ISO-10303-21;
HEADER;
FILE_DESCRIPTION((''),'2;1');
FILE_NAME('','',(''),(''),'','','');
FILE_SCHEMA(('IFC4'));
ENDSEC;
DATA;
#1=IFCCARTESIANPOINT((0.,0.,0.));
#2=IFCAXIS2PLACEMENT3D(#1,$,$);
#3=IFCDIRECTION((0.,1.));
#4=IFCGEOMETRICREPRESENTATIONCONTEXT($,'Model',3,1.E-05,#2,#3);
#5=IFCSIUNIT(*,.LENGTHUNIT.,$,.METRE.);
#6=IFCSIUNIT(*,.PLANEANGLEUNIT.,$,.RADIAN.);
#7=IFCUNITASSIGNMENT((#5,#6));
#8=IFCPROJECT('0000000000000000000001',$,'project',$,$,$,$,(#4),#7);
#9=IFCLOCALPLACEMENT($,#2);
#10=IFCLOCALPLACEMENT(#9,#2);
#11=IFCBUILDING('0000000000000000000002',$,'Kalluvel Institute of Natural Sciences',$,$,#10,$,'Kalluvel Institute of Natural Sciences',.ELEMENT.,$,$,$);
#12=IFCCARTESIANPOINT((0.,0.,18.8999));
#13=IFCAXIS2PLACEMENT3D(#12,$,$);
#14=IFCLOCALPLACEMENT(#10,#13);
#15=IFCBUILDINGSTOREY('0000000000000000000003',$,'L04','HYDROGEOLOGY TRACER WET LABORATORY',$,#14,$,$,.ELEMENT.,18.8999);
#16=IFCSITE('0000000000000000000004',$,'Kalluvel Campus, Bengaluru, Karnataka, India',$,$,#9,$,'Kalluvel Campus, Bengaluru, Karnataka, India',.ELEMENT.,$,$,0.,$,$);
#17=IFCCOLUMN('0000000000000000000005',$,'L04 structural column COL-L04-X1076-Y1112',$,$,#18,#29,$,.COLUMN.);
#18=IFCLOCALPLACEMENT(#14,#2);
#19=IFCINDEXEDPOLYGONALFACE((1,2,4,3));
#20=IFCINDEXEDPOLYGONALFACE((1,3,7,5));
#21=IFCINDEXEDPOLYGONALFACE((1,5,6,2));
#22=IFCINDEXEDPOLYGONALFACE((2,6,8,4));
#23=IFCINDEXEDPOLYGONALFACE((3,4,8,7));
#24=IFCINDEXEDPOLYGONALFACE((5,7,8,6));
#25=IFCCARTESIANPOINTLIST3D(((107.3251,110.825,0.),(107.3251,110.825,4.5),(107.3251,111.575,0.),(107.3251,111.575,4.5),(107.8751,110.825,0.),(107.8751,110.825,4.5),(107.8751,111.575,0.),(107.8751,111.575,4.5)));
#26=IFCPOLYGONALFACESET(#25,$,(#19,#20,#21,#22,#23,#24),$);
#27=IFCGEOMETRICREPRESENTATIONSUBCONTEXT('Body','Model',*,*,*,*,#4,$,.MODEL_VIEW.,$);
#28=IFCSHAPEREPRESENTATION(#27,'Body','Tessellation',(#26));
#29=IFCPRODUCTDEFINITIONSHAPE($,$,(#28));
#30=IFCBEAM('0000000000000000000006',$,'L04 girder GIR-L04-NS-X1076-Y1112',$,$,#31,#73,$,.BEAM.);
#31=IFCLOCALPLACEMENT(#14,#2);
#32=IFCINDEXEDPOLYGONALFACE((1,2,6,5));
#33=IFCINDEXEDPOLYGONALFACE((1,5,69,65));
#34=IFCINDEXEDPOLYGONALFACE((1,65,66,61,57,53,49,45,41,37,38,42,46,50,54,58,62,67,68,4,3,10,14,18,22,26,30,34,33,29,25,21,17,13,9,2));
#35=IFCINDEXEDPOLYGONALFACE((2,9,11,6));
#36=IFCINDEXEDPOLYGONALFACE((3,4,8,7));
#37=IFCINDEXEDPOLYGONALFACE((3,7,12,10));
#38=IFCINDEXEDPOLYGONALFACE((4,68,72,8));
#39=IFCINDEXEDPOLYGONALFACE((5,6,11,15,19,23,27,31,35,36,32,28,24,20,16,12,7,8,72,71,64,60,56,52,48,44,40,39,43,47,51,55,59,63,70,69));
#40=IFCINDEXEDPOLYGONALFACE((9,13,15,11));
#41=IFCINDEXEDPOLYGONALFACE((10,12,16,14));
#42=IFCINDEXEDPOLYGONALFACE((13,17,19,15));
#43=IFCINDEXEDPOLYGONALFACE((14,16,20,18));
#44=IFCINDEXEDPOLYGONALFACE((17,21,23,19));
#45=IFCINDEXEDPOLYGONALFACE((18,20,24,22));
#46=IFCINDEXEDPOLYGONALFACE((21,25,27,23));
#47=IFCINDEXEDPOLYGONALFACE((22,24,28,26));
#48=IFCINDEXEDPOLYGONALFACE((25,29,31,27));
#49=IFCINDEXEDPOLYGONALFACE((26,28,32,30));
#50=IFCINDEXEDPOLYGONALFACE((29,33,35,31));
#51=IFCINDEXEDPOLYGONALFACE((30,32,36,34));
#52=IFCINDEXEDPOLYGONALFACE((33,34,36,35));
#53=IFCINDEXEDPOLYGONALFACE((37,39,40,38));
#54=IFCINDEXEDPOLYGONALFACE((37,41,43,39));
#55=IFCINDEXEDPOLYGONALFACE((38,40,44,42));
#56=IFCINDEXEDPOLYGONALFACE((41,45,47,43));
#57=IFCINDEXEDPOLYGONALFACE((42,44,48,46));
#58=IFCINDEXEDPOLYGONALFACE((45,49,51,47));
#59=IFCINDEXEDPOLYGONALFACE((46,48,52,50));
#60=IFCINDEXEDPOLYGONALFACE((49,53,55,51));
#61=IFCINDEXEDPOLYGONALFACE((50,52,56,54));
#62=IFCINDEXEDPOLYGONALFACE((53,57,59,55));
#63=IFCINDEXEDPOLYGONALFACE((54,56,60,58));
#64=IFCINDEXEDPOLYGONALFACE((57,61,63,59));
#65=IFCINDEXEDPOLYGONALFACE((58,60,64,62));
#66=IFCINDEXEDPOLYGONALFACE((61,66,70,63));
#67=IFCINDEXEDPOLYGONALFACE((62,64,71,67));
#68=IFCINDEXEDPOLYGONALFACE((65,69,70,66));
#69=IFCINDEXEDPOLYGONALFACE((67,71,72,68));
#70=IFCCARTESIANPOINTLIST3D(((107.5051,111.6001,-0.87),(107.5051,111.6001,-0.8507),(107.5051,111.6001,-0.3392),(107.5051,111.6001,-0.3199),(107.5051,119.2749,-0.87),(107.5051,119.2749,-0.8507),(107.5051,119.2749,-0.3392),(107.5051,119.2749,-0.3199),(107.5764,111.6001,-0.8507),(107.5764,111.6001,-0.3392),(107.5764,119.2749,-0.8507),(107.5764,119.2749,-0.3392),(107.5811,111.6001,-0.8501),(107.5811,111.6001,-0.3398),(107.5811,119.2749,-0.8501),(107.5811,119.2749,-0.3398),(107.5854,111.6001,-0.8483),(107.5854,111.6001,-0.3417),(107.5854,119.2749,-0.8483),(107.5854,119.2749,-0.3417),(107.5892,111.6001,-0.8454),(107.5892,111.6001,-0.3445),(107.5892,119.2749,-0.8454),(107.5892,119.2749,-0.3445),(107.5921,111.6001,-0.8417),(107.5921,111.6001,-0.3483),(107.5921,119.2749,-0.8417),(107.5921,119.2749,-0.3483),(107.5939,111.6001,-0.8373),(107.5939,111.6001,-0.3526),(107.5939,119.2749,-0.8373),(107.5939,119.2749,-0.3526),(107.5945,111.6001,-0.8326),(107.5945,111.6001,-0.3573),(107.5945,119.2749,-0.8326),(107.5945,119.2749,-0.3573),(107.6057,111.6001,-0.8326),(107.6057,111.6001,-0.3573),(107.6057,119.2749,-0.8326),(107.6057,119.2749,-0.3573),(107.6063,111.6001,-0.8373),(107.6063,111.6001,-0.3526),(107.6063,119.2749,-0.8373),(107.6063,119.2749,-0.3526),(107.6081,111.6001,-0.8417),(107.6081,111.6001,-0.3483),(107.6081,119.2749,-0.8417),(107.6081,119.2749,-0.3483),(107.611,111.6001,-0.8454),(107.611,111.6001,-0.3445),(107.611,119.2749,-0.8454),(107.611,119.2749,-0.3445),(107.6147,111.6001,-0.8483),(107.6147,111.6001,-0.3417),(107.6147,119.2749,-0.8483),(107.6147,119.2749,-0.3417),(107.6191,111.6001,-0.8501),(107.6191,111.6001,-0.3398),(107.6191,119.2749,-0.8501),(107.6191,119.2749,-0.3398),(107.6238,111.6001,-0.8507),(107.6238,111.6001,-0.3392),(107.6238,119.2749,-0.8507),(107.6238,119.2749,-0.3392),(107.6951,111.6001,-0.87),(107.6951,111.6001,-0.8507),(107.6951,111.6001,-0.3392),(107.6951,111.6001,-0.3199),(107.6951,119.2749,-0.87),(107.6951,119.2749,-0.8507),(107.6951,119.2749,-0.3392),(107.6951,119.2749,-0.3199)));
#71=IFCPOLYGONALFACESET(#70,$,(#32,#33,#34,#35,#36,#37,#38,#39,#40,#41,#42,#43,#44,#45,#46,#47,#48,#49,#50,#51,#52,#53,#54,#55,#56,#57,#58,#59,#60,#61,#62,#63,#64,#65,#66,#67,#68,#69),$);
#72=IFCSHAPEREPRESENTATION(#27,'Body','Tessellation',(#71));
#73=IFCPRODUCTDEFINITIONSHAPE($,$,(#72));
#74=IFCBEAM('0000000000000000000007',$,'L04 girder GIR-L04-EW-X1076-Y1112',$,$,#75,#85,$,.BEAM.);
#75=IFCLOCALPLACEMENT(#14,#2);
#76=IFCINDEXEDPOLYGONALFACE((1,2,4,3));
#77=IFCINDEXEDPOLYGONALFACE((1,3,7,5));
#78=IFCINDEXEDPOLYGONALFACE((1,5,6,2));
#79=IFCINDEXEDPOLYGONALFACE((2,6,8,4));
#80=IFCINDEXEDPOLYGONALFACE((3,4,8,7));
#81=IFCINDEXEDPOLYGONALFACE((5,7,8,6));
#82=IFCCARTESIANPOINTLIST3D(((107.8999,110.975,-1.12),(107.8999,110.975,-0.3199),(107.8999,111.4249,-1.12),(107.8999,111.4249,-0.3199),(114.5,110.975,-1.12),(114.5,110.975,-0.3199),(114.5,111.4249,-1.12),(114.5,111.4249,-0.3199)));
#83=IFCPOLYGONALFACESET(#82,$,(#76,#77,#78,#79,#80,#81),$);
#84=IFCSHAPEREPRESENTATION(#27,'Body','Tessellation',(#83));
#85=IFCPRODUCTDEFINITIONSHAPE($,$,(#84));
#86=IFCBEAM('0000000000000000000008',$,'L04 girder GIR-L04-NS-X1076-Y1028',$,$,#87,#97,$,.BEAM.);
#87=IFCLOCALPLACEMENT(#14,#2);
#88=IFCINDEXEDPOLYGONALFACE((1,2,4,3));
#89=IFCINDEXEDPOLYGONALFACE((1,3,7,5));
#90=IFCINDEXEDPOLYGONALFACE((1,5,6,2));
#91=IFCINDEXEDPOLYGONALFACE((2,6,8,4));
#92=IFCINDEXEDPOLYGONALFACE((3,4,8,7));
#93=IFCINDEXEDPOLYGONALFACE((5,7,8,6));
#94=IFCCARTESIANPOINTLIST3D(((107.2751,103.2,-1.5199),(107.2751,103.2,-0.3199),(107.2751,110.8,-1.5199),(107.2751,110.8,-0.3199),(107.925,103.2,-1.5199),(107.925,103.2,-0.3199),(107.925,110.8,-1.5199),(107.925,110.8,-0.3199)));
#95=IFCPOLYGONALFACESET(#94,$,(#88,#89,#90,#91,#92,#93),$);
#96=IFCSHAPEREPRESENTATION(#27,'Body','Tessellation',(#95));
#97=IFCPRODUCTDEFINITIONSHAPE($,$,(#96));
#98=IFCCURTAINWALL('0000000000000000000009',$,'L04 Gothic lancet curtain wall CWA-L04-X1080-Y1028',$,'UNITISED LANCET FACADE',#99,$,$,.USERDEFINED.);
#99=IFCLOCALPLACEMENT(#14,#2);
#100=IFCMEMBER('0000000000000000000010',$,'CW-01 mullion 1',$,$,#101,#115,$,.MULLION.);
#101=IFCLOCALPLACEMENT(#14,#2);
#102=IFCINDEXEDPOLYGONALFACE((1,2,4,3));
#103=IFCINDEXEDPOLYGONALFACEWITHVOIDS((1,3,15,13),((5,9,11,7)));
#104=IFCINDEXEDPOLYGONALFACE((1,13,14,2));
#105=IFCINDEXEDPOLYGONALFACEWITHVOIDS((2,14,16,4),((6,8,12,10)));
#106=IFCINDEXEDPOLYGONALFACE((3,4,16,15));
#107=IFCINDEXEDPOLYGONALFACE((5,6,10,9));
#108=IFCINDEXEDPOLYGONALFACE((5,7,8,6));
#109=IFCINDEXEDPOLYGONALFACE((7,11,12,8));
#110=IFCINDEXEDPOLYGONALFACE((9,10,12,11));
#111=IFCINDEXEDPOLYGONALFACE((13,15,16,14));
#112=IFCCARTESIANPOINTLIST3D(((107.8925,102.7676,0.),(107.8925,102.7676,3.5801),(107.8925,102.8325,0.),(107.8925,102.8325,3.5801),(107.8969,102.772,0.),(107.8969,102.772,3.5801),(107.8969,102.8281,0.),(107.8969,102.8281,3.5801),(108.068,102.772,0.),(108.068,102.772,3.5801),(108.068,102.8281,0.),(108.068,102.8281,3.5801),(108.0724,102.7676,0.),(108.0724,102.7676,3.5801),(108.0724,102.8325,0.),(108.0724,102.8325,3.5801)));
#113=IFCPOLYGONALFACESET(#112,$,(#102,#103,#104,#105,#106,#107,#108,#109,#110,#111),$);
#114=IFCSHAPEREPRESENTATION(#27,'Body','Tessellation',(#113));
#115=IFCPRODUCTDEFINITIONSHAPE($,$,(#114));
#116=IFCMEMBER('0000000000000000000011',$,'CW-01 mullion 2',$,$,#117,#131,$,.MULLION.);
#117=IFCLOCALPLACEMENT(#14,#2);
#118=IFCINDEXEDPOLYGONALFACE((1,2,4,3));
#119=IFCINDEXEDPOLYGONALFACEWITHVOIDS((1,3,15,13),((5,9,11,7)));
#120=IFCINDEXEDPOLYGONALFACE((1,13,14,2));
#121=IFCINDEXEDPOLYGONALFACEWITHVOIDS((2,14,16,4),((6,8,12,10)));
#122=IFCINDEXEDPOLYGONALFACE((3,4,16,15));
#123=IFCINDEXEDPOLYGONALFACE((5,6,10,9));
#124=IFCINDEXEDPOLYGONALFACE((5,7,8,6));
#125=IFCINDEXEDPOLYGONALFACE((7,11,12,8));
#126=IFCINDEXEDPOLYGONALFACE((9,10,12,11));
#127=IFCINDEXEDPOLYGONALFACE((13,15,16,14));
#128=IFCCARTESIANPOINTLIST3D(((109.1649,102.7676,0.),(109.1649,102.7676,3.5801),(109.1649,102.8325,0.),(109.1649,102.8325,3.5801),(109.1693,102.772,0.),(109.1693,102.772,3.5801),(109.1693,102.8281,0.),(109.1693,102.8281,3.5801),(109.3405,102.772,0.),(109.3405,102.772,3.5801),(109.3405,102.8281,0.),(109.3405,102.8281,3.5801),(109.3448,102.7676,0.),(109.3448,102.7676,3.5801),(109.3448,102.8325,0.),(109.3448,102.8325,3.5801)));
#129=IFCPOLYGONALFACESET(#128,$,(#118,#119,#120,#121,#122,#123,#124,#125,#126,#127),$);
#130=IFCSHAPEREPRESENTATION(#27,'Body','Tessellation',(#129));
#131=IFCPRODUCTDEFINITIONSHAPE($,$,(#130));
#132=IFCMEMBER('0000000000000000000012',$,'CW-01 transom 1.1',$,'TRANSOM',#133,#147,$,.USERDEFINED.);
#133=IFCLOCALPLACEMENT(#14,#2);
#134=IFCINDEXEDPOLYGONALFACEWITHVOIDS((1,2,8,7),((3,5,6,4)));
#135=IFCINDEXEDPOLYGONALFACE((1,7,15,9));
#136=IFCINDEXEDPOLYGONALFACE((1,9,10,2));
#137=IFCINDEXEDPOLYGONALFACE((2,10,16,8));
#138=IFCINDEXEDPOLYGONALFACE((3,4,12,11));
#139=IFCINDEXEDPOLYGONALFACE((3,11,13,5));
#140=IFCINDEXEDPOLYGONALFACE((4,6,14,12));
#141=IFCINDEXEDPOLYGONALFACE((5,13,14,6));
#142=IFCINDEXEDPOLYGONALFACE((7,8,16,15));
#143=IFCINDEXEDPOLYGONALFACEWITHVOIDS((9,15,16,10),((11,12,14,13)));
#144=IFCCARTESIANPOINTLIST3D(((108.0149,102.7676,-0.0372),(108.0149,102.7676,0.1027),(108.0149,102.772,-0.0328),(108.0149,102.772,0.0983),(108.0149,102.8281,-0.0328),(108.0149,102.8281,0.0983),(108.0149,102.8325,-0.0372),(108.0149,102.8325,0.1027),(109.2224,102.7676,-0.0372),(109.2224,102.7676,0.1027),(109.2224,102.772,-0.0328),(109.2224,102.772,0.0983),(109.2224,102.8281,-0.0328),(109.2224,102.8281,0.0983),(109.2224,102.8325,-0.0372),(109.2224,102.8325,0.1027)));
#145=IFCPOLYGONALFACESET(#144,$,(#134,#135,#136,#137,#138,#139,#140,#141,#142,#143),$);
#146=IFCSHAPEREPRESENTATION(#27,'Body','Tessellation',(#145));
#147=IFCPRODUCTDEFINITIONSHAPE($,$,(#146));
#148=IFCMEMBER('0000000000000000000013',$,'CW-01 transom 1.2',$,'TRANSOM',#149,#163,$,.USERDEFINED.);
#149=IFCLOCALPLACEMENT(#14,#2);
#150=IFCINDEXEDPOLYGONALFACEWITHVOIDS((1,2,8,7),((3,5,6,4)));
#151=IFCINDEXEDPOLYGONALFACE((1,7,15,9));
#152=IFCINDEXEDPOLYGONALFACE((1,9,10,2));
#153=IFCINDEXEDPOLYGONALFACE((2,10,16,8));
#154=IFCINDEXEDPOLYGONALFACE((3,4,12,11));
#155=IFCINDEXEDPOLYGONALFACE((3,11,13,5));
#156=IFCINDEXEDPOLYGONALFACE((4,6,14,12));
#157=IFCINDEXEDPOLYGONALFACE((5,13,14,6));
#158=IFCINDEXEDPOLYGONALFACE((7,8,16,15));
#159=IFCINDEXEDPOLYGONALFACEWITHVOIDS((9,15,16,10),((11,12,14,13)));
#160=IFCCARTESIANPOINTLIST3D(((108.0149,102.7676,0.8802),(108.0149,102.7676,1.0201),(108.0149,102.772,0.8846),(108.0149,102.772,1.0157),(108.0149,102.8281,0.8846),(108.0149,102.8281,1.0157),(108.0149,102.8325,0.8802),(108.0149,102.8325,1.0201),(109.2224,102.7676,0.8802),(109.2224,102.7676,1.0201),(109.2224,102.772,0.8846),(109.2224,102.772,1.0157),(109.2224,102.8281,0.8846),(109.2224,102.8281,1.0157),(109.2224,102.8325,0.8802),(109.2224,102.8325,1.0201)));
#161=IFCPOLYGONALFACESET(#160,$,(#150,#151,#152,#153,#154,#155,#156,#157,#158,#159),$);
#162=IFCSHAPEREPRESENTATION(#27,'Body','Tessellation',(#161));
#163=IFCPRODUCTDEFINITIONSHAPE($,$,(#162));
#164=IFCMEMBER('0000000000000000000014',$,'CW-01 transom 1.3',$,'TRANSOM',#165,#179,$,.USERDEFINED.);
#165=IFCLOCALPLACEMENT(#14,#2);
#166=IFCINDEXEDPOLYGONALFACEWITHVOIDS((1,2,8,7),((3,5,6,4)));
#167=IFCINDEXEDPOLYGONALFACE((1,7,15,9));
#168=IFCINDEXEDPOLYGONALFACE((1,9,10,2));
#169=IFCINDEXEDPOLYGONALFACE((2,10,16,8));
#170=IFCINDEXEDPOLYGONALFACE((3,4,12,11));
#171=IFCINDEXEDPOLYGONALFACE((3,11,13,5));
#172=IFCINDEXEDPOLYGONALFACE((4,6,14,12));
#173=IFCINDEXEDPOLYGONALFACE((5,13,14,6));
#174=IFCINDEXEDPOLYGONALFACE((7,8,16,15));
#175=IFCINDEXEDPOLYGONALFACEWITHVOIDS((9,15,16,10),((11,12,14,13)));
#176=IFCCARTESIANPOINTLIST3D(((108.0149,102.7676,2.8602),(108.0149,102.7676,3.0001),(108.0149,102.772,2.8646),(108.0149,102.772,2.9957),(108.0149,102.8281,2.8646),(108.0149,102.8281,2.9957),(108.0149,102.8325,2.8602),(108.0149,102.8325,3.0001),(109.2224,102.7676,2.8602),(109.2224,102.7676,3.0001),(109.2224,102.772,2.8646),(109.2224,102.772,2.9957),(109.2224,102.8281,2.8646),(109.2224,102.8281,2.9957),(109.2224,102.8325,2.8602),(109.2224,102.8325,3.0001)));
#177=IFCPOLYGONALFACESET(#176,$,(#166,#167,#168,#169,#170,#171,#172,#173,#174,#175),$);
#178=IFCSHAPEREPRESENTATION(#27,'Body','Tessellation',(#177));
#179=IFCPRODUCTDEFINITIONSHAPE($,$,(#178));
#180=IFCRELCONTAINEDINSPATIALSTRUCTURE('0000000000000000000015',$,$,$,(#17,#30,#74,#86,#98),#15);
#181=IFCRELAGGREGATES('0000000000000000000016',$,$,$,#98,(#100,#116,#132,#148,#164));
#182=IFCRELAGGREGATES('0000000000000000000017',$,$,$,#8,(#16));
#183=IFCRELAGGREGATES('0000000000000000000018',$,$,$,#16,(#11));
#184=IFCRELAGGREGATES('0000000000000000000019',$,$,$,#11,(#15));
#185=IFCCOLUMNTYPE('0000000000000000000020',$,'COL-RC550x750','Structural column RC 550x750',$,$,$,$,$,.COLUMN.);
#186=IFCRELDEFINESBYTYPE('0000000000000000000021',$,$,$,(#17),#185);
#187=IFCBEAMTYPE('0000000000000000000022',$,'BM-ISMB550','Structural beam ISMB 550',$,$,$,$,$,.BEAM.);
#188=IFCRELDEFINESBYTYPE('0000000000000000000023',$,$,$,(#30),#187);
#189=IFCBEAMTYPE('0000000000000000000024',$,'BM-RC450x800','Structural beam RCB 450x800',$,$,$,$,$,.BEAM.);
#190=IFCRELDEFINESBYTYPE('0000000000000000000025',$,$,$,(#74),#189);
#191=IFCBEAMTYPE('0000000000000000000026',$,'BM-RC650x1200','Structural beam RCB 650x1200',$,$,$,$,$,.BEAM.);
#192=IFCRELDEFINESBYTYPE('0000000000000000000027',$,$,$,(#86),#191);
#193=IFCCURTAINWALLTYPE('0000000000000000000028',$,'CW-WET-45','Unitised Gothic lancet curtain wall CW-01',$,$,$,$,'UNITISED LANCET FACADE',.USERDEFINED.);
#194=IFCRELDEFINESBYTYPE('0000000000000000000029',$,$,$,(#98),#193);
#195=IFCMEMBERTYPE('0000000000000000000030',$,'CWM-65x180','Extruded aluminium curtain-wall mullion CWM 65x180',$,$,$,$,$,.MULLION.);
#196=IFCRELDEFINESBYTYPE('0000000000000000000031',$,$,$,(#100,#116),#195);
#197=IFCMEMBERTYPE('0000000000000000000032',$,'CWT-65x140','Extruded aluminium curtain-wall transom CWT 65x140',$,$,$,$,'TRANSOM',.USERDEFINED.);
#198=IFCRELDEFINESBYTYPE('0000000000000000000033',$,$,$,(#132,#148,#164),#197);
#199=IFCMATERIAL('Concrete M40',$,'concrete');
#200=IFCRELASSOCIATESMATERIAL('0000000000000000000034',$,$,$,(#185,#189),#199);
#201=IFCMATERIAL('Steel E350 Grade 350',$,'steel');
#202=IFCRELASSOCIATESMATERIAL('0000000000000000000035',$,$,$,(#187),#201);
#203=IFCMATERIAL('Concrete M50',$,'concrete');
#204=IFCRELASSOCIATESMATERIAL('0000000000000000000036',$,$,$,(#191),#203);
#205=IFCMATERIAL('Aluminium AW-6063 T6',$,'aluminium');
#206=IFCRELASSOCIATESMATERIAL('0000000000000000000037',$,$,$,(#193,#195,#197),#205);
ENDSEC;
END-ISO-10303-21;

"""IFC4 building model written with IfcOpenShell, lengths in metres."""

from ifc_helpers import new_model, si_unit, direction, frame, origin, origin_2d, place, context, subcontext, project, spatial, rectangle, hollow_rectangle, i_section, extrude, material, material_profile, profile_set, type_object, element, aggregate, save


model = new_model("IFC4")

# Units and contexts
model_context = context("Model", 3, precision=1e-05, world=origin(), true_north=direction((0.0, 1.0)))
body_context = subcontext(model_context, "Body", "Model", "MODEL_VIEW")
ifc_project = project(units=[si_unit("LENGTHUNIT", "METRE"), si_unit("PLANEANGLEUNIT", "RADIAN")], contexts=[model_context])

# Site, building, storey
site_placement = place(None, origin())
site = spatial("IfcSite", under=ifc_project, at=site_placement, Name="Kalluvel Campus, Bengaluru, Karnataka, India", LongName="Kalluvel Campus, Bengaluru, Karnataka, India", CompositionType="ELEMENT", RefElevation=0.0)
building_placement = place(site_placement, origin())
building = spatial("IfcBuilding", under=site, at=building_placement, Name="Kalluvel Institute of Natural Sciences", LongName="Kalluvel Institute of Natural Sciences", CompositionType="ELEMENT")
storey_placement = place(building_placement, frame((0.0, 0.0, 18.8999)))
storey = spatial("IfcBuildingStorey", under=building, at=storey_placement, Name="L04", Description="HYDROGEOLOGY TRACER WET LABORATORY", CompositionType="ELEMENT", Elevation=18.8999)

# Column
ifc_material_1 = material(Name="Concrete M40", Category="concrete")
ifc_material_profile_1 = material_profile(ifc_material_1, rectangle(XDim=0.55, YDim=0.75, at=origin_2d()), Name="RC 550x750")
ifc_profile_set_1 = profile_set([ifc_material_profile_1], Name="Concrete M40")
column_type = type_object("IfcColumnType", Name="COL-RC550x750", Description="Structural column RC 550x750", PredefinedType="COLUMN", material=ifc_profile_set_1)
column_placement = place(storey_placement, frame((107.6001, 111.2, 0.0), z_axis=(0.0, 0.0, 1.0), x_axis=(1.0, 0.0, 0.0)))
element("IfcColumn", 1, at=column_placement, inside=storey, type_object=column_type, Name="L04 structural column COL-L04-X1076-Y1112", PredefinedType="COLUMN", context=body_context, shape_type="SweptSolid", body=[
    extrude(rectangle(XDim=0.55, YDim=0.75, at=origin_2d()), origin(), (0.0, 0.0, 1.0), 4.5),
])

# Beams
ifc_material_2 = material(Name="Steel E350 Grade 350", Category="steel")
ifc_material_profile_2 = material_profile(ifc_material_2, i_section(OverallWidth=0.1899, OverallDepth=0.55, WebThickness=0.0112, FlangeThickness=0.0193, FilletRadius=0.0181, at=origin_2d()), Name="ISMB 550")
ifc_profile_set_2 = profile_set([ifc_material_profile_2], Name="Steel E350 Grade 350")
beam_type_1 = type_object("IfcBeamType", Name="BM-ISMB550", Description="Structural beam ISMB 550", PredefinedType="BEAM", material=ifc_profile_set_2)
beam_1_placement = place(storey_placement, frame((107.6001, 111.6001, -0.595), z_axis=(0.0, 1.0, 0.0), x_axis=(-1.0, 0.0, 0.0)))
element("IfcBeam", 2, at=beam_1_placement, inside=storey, type_object=beam_type_1, Name="L04 girder GIR-L04-NS-X1076-Y1112", PredefinedType="BEAM", context=body_context, shape_type="SweptSolid", body=[
    extrude(i_section(OverallWidth=0.1899, OverallDepth=0.55, WebThickness=0.0112, FlangeThickness=0.0193, FilletRadius=0.0181, at=origin_2d()), origin(), (0.0, 0.0, 1.0), 7.6748),
])
ifc_material_profile_3 = material_profile(ifc_material_1, rectangle(XDim=0.45, YDim=0.8, at=origin_2d()), Name="RCB 450x800")
ifc_profile_set_3 = profile_set([ifc_material_profile_3], Name="Concrete M40")
beam_type_2 = type_object("IfcBeamType", Name="BM-RC450x800", Description="Structural beam RCB 450x800", PredefinedType="BEAM", material=ifc_profile_set_3)
beam_2_placement = place(storey_placement, frame((107.8999, 111.2, -0.72), z_axis=(1.0, 0.0, 0.0), x_axis=(0.0, 1.0, 0.0)))
element("IfcBeam", 3, at=beam_2_placement, inside=storey, type_object=beam_type_2, Name="L04 girder GIR-L04-EW-X1076-Y1112", PredefinedType="BEAM", context=body_context, shape_type="SweptSolid", body=[
    extrude(rectangle(XDim=0.45, YDim=0.8, at=origin_2d()), origin(), (0.0, 0.0, 1.0), 6.6001),
])
ifc_material_3 = material(Name="Concrete M50", Category="concrete")
ifc_material_profile_4 = material_profile(ifc_material_3, rectangle(XDim=0.6499, YDim=1.2, at=origin_2d()), Name="RCB 650x1200")
ifc_profile_set_4 = profile_set([ifc_material_profile_4], Name="Concrete M50")
beam_type_3 = type_object("IfcBeamType", Name="BM-RC650x1200", Description="Structural beam RCB 650x1200", PredefinedType="BEAM", material=ifc_profile_set_4)
beam_3_placement = place(storey_placement, frame((107.6001, 103.2, -0.9199), z_axis=(0.0, 1.0, 0.0), x_axis=(-1.0, 0.0, 0.0)))
element("IfcBeam", 4, at=beam_3_placement, inside=storey, type_object=beam_type_3, Name="L04 girder GIR-L04-NS-X1076-Y1028", PredefinedType="BEAM", context=body_context, shape_type="SweptSolid", body=[
    extrude(rectangle(XDim=0.6499, YDim=1.2, at=origin_2d()), origin(), (0.0, 0.0, 1.0), 7.6001),
])

# Curtain wall, members
ifc_material_4 = material(Name="Aluminium AW-6063 T6", Category="aluminium")
curtain_wall_type = type_object("IfcCurtainWallType", Name="CW-WET-45", Description="Unitised Gothic lancet curtain wall CW-01", ElementType="UNITISED LANCET FACADE", PredefinedType="USERDEFINED", material=ifc_material_4)
curtain_wall_placement = place(storey_placement, origin())
curtain_wall = element("IfcCurtainWall", 5, at=curtain_wall_placement, inside=storey, type_object=curtain_wall_type, Name="L04 Gothic lancet curtain wall CWA-L04-X1080-Y1028", ObjectType="UNITISED LANCET FACADE", PredefinedType="USERDEFINED")
ifc_material_profile_5 = material_profile(ifc_material_4, hollow_rectangle(XDim=0.0649, YDim=0.1799, WallThickness=0.0044, at=origin_2d()), Name="CWM 65x180")
ifc_profile_set_5 = profile_set([ifc_material_profile_5], Name="Aluminium AW-6063 T6")
member_type_1 = type_object("IfcMemberType", Name="CWM-65x180", Description="Extruded aluminium curtain-wall mullion CWM 65x180", PredefinedType="MULLION", material=ifc_profile_set_5)
member_1_placement = place(storey_placement, frame((107.9824, 102.8, 0.0), z_axis=(0.0, 0.0, 1.0), x_axis=(0.0, 1.0, 0.0)))
member_1 = element("IfcMember", 6, at=member_1_placement, type_object=member_type_1, Name="CW-01 mullion 1", PredefinedType="MULLION", context=body_context, shape_type="SweptSolid", body=[
    extrude(hollow_rectangle(XDim=0.0649, YDim=0.1799, WallThickness=0.0044, at=origin_2d()), origin(), (0.0, 0.0, 1.0), 3.5801),
])
member_2_placement = place(storey_placement, frame((109.2549, 102.8, 0.0), z_axis=(0.0, 0.0, 1.0), x_axis=(0.0, 1.0, 0.0)))
member_2 = element("IfcMember", 7, at=member_2_placement, type_object=member_type_1, Name="CW-01 mullion 2", PredefinedType="MULLION", context=body_context, shape_type="SweptSolid", body=[
    extrude(hollow_rectangle(XDim=0.0649, YDim=0.1799, WallThickness=0.0044, at=origin_2d()), origin(), (0.0, 0.0, 1.0), 3.5801),
])
ifc_material_profile_6 = material_profile(ifc_material_4, hollow_rectangle(XDim=0.0649, YDim=0.1399, WallThickness=0.0044, at=origin_2d()), Name="CWT 65x140")
ifc_profile_set_6 = profile_set([ifc_material_profile_6], Name="Aluminium AW-6063 T6")
member_type_2 = type_object("IfcMemberType", Name="CWT-65x140", Description="Extruded aluminium curtain-wall transom CWT 65x140", ElementType="TRANSOM", PredefinedType="USERDEFINED", material=ifc_profile_set_6)
member_3_placement = place(storey_placement, frame((108.0149, 102.8, 0.0327), z_axis=(1.0, 0.0, 0.0), x_axis=(0.0, 1.0, 0.0)))
member_3 = element("IfcMember", 8, at=member_3_placement, type_object=member_type_2, Name="CW-01 transom 1.1", ObjectType="TRANSOM", PredefinedType="USERDEFINED", context=body_context, shape_type="SweptSolid", body=[
    extrude(hollow_rectangle(XDim=0.0649, YDim=0.1399, WallThickness=0.0044, at=origin_2d()), origin(), (0.0, 0.0, 1.0), 1.2075),
])
member_4_placement = place(storey_placement, frame((108.0149, 102.8, 0.9502), z_axis=(1.0, 0.0, 0.0), x_axis=(0.0, 1.0, 0.0)))
member_4 = element("IfcMember", 9, at=member_4_placement, type_object=member_type_2, Name="CW-01 transom 1.2", ObjectType="TRANSOM", PredefinedType="USERDEFINED", context=body_context, shape_type="SweptSolid", body=[
    extrude(hollow_rectangle(XDim=0.0649, YDim=0.1399, WallThickness=0.0044, at=origin_2d()), origin(), (0.0, 0.0, 1.0), 1.2075),
])
member_5_placement = place(storey_placement, frame((108.0149, 102.8, 2.9302), z_axis=(1.0, 0.0, 0.0), x_axis=(0.0, 1.0, 0.0)))
member_5 = element("IfcMember", 10, at=member_5_placement, type_object=member_type_2, Name="CW-01 transom 1.3", ObjectType="TRANSOM", PredefinedType="USERDEFINED", context=body_context, shape_type="SweptSolid", body=[
    extrude(hollow_rectangle(XDim=0.0649, YDim=0.1399, WallThickness=0.0044, at=origin_2d()), origin(), (0.0, 0.0, 1.0), 1.2075),
])

aggregate(curtain_wall, [member_1, member_2, member_3, member_4, member_5])

save(model, "model.ifc")
